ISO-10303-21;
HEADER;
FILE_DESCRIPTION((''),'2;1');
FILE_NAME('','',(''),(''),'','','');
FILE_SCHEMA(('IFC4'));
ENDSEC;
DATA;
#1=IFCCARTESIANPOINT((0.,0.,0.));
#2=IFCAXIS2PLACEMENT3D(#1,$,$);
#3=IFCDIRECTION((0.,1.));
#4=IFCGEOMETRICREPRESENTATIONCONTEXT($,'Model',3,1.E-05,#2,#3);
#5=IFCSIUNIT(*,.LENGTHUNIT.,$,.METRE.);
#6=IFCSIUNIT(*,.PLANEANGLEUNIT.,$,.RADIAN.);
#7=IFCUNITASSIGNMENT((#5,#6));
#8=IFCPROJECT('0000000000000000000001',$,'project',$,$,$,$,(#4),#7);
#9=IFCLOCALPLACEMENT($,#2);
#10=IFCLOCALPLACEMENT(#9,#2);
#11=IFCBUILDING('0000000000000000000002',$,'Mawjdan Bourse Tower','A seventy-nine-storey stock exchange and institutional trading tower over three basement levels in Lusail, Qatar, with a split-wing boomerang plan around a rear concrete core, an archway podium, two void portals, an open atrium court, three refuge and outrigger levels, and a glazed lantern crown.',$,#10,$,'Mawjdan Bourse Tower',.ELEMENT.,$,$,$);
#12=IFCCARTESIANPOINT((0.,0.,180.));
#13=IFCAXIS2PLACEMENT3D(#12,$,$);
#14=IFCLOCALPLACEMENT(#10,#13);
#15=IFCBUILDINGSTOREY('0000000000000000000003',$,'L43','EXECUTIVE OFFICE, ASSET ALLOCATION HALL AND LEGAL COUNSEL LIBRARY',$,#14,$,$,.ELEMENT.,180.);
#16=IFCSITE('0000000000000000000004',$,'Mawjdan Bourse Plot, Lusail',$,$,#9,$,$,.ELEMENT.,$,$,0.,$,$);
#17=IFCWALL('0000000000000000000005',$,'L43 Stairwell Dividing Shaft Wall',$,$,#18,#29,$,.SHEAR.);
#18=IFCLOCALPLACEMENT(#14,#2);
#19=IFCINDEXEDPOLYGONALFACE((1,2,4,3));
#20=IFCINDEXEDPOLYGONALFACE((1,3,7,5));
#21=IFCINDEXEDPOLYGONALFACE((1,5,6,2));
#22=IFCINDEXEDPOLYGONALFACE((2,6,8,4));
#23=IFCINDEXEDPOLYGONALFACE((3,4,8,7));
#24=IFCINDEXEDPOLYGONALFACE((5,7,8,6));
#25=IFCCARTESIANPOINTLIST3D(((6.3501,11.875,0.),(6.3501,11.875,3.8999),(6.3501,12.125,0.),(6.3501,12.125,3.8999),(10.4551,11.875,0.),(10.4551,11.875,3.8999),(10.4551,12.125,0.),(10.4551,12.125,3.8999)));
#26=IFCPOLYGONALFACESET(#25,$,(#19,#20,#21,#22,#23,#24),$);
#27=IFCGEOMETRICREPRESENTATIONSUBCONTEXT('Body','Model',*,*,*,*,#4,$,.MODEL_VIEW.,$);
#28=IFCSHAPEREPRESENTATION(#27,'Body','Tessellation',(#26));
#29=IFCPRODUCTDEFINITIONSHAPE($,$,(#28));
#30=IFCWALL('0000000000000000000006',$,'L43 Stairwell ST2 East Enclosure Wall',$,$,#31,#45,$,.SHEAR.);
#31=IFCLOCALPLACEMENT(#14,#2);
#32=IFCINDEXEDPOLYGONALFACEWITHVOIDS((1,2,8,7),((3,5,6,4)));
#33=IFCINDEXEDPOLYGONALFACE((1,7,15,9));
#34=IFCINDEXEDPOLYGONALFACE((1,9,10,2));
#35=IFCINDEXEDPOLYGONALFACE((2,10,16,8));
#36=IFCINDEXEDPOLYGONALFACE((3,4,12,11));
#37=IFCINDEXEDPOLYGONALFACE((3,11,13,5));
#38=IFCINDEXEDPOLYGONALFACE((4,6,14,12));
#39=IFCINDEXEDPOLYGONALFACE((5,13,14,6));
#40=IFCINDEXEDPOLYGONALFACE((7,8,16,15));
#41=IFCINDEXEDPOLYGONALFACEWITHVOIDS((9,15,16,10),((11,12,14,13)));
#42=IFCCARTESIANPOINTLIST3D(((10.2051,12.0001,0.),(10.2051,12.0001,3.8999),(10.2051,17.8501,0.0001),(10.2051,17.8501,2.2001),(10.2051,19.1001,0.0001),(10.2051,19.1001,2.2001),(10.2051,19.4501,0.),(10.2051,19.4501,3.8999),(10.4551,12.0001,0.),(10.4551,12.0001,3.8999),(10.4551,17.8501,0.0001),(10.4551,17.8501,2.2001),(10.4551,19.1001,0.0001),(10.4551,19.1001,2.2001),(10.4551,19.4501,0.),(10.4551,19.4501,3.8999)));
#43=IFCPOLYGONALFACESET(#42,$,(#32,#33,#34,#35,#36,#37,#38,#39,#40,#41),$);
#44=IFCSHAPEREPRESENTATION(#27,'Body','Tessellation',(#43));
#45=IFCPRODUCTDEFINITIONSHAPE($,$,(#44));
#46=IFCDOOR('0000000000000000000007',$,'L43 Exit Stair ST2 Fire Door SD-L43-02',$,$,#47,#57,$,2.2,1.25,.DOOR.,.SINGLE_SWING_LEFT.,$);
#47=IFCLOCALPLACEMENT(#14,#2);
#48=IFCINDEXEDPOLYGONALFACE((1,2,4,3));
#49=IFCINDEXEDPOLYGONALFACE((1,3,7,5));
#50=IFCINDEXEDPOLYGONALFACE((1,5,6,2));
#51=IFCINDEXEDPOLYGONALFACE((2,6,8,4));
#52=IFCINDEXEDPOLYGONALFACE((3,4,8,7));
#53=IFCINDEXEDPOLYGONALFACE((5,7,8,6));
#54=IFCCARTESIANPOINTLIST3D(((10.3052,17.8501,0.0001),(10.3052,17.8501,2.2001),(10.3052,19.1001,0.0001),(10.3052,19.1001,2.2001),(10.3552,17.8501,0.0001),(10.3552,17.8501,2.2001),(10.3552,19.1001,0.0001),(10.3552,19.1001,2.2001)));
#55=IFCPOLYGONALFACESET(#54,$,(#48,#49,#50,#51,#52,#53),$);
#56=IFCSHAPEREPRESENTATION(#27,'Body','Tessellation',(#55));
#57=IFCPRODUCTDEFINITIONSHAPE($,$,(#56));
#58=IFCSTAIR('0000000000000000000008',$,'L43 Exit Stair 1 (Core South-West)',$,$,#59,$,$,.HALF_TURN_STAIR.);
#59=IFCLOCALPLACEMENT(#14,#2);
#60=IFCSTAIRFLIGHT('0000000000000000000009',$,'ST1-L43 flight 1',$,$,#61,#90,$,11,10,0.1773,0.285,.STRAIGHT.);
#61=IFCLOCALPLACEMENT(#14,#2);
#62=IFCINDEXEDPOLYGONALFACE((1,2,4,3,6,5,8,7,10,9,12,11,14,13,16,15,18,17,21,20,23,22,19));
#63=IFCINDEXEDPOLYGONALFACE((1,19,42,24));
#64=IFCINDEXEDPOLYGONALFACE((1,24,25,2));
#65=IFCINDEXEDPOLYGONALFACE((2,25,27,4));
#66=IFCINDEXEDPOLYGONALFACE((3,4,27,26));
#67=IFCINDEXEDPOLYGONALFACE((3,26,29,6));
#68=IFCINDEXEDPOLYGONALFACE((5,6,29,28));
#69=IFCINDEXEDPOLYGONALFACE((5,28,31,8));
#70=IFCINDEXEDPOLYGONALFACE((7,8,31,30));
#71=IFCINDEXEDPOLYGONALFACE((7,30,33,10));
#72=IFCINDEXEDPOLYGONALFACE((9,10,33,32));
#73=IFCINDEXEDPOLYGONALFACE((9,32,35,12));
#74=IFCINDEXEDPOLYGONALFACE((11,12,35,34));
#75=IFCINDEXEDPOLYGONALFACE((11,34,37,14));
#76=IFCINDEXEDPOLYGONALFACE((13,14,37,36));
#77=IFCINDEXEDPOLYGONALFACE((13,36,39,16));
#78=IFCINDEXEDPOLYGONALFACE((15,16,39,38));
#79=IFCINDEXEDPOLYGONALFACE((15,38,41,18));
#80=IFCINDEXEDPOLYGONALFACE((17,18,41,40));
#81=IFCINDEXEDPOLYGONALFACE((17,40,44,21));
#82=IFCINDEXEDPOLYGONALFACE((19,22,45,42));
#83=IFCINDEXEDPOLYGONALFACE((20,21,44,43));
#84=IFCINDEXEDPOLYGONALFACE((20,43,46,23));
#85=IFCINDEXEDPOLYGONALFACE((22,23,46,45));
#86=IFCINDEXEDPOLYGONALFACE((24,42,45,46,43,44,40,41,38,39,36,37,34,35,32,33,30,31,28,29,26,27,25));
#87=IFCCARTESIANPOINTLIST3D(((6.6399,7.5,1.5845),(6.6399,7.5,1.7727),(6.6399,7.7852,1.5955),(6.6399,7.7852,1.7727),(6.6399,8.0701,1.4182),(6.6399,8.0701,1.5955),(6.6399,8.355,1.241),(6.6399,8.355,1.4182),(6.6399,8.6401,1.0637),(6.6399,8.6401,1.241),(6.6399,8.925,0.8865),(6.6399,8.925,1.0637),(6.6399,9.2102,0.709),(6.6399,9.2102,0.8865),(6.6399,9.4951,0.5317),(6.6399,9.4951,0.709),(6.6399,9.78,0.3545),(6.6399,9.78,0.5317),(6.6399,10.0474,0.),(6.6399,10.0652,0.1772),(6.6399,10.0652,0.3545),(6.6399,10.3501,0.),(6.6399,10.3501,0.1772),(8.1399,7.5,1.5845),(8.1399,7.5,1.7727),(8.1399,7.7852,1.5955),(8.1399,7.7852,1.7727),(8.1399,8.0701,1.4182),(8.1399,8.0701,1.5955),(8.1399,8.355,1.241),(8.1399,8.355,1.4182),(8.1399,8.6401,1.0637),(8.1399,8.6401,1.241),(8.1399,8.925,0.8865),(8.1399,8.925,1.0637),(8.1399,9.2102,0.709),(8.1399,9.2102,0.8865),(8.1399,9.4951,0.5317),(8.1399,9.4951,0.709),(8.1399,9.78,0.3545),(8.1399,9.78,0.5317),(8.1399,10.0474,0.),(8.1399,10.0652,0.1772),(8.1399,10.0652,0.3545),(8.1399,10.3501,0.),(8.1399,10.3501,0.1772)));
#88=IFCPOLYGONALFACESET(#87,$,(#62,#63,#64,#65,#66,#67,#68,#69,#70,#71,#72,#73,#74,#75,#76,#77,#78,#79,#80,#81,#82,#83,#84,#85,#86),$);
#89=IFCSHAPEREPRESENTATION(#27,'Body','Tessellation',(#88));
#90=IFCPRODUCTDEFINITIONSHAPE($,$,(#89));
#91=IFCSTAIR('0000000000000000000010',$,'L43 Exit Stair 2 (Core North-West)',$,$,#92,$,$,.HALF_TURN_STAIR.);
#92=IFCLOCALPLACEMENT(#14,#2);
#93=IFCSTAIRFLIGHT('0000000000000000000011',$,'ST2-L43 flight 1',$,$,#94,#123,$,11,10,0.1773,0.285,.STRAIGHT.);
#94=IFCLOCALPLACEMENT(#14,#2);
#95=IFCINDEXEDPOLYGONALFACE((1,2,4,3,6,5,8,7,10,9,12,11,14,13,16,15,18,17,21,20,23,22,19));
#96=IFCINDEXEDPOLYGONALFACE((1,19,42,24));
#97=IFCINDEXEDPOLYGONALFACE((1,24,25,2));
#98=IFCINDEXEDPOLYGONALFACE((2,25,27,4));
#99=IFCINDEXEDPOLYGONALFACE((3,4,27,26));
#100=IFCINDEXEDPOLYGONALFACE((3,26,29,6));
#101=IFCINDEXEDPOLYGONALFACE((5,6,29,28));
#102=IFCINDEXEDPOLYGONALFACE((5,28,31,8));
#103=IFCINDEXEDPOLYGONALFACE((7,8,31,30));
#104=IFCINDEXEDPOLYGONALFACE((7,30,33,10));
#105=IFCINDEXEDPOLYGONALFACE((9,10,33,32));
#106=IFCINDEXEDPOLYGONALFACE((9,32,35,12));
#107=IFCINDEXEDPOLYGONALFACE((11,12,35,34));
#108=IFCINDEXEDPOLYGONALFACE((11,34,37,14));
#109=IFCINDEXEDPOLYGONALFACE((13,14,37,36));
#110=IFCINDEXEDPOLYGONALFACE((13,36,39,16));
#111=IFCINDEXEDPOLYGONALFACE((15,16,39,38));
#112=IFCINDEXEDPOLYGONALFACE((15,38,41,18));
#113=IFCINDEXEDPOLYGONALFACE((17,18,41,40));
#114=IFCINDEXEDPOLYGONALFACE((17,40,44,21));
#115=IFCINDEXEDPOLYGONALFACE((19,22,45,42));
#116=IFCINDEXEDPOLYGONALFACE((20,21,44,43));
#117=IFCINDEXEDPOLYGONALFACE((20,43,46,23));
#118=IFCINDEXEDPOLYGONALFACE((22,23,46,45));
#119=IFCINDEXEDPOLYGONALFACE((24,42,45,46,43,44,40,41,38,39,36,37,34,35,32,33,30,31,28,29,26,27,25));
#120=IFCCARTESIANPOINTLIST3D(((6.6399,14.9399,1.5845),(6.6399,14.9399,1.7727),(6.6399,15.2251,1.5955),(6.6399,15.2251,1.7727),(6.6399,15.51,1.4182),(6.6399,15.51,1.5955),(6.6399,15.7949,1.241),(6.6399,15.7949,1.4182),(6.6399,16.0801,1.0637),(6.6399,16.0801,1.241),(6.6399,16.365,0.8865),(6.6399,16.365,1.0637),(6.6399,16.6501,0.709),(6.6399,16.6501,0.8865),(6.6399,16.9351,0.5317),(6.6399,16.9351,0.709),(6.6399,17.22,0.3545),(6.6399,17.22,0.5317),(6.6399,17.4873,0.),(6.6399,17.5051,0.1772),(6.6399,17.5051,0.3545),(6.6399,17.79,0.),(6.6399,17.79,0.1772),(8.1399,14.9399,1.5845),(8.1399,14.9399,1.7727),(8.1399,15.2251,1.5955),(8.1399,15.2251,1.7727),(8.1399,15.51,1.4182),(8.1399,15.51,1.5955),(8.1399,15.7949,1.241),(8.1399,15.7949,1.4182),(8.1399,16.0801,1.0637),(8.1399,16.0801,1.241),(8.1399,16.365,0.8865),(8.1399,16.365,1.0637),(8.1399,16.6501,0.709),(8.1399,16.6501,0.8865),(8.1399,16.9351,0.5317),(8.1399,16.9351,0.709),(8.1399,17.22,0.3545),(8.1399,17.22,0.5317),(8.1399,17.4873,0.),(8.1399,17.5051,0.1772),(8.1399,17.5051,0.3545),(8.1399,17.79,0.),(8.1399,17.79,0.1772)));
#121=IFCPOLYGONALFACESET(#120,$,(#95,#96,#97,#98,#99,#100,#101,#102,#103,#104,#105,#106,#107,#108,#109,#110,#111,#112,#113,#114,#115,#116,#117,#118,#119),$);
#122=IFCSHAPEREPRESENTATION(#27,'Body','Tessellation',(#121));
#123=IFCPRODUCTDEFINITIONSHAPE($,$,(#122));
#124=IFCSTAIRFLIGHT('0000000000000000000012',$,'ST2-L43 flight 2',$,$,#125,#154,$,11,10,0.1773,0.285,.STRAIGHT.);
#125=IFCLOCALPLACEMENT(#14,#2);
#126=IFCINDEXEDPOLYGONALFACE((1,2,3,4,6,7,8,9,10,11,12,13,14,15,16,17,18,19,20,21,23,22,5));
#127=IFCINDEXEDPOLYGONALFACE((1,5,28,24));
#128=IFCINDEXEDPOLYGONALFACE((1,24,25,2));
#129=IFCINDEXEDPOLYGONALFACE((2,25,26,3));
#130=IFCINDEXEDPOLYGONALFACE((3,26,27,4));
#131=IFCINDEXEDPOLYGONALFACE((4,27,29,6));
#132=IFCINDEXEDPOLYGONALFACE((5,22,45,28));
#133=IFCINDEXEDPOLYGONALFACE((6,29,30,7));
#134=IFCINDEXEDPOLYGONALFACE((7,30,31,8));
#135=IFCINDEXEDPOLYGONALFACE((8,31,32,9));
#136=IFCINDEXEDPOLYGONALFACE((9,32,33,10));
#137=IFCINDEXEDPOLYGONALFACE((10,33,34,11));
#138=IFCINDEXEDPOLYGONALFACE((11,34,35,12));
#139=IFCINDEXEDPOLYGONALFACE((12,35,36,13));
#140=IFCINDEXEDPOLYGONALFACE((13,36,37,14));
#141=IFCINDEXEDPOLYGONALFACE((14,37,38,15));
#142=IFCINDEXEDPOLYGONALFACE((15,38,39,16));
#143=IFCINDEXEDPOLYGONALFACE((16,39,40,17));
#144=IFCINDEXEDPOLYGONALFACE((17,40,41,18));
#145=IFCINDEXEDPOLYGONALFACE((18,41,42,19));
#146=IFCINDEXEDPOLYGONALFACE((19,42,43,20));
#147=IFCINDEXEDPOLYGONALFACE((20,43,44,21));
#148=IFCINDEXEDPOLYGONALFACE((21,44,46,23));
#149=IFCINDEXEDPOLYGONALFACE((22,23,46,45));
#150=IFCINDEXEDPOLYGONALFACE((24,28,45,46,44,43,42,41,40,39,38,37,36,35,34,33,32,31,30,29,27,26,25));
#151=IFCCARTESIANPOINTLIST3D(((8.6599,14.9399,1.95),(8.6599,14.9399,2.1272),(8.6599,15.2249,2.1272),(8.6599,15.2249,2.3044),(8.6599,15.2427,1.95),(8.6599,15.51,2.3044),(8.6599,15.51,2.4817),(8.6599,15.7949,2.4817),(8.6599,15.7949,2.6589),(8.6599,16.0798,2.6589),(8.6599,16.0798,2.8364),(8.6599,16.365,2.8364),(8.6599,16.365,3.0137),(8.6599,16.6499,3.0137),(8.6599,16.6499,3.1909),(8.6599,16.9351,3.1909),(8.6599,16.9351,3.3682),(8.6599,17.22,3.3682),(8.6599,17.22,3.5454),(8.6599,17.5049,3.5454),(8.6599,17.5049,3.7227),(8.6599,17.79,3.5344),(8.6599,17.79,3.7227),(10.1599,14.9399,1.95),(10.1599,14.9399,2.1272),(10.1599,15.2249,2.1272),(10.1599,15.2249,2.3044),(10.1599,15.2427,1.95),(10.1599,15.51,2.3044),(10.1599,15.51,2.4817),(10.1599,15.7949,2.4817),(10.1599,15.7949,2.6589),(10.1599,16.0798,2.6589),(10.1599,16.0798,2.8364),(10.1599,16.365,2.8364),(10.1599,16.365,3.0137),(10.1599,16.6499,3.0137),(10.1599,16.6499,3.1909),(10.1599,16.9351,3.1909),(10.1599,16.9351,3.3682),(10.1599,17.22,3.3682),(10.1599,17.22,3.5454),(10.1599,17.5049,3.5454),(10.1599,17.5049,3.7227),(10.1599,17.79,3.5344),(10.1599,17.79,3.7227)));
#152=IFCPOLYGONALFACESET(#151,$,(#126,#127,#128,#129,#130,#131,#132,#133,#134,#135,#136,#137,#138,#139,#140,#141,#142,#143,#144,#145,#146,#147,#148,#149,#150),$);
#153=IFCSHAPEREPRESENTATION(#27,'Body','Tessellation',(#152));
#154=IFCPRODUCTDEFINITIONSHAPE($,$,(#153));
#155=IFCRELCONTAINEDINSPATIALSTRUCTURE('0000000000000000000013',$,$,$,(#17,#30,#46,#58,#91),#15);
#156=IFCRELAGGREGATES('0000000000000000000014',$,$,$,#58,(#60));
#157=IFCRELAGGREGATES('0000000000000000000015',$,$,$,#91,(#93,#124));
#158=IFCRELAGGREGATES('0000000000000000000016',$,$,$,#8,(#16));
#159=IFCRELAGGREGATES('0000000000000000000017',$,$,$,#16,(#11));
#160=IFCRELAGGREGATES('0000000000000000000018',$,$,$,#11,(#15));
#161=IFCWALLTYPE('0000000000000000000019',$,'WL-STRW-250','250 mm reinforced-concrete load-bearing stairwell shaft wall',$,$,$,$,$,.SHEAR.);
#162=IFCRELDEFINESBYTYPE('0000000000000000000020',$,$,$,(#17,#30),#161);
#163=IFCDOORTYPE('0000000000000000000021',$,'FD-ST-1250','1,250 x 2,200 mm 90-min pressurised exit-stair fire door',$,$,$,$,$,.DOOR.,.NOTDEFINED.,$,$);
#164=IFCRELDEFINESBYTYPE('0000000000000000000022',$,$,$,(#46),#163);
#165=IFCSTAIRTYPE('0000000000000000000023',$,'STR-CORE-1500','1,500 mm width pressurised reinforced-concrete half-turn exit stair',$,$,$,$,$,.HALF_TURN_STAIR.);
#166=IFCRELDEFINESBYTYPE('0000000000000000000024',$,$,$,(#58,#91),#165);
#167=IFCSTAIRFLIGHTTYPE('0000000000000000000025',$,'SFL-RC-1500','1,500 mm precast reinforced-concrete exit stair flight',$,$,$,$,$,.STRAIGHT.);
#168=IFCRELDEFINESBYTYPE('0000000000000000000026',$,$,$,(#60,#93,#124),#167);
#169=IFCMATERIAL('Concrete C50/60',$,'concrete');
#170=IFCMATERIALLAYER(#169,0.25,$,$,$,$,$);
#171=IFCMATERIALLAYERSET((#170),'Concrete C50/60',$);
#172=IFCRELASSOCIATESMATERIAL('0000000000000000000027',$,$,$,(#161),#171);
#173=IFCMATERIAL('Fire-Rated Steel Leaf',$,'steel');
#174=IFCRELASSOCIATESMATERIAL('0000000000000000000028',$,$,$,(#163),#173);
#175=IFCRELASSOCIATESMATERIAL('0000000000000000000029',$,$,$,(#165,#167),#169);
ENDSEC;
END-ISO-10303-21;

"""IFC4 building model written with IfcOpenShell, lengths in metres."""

from ifc_helpers import new_model, si_unit, direction, frame, frame_2d, origin, place, context, subcontext, project, spatial, polyline, rectangle, outline, extrude, material, layer, layer_set, type_object, element, fill, aggregate, save


model = new_model("IFC4")

# Units and contexts
model_context = context("Model", 3, precision=1e-05, world=origin(), true_north=direction((0.0, 1.0)))
body_context = subcontext(model_context, "Body", "Model", "MODEL_VIEW")
ifc_project = project(units=[si_unit("LENGTHUNIT", "METRE"), si_unit("PLANEANGLEUNIT", "RADIAN")], contexts=[model_context])

# Site, building, storey
site_placement = place(None, origin())
site = spatial("IfcSite", under=ifc_project, at=site_placement, Name="Mawjdan Bourse Plot, Lusail", CompositionType="ELEMENT", RefElevation=0.0)
building_placement = place(site_placement, origin())
building = spatial("IfcBuilding", under=site, at=building_placement, Name="Mawjdan Bourse Tower", Description="A seventy-nine-storey stock exchange and institutional trading tower over three basement levels in Lusail, Qatar, with a split-wing boomerang plan around a rear concrete core, an archway podium, two void portals, an open atrium court, three refuge and outrigger levels, and a glazed lantern crown.", LongName="Mawjdan Bourse Tower", CompositionType="ELEMENT")
storey_placement = place(building_placement, frame((0.0, 0.0, 180.0)))
storey = spatial("IfcBuildingStorey", under=building, at=storey_placement, Name="L43", Description="EXECUTIVE OFFICE, ASSET ALLOCATION HALL AND LEGAL COUNSEL LIBRARY", CompositionType="ELEMENT", Elevation=180.0)

# Shared definitions
ifc_material_1 = material(Name="Concrete C50/60", Category="concrete")

# Wall
ifc_layer_1 = layer(ifc_material_1, 0.25)
ifc_layer_set_1 = layer_set([ifc_layer_1], Name="Concrete C50/60")
wall_type_1 = type_object("IfcWallType", Name="WL-STRW-250", Description="250 mm reinforced-concrete load-bearing stairwell shaft wall", PredefinedType="SHEAR", material=ifc_layer_set_1)
wall_1_placement = place(storey_placement, frame((6.3501, 12.0, 0.0), z_axis=(0.0, 0.0, 1.0), x_axis=(1.0, 0.0, 0.0)))
element("IfcWall", 1, at=wall_1_placement, inside=storey, type_object=wall_type_1, Name="L43 Stairwell Dividing Shaft Wall", PredefinedType="SHEAR", context=body_context, shape_type="SweptSolid", body=[
    extrude(rectangle(XDim=4.105, YDim=0.25, at=frame_2d((2.0525, 0.0))), origin(), (0.0, 0.0, 1.0), 3.8999),
])

# Wall, opening, door
wall_2_placement = place(storey_placement, frame((10.3301, 12.0, 0.0), z_axis=(0.0, 0.0, 1.0), x_axis=(0.0, 1.0, 0.0)))
wall_2 = element("IfcWall", 2, at=wall_2_placement, inside=storey, type_object=wall_type_1, Name="L43 Stairwell ST2 East Enclosure Wall", PredefinedType="SHEAR", context=body_context, shape_type="SweptSolid", body=[
    extrude(rectangle(XDim=7.45, YDim=0.25, at=frame_2d((3.7251, 0.0))), origin(), (0.0, 0.0, 1.0), 3.8999),
])
opening_1_placement = place(wall_2_placement, frame((5.8501, 0.0, 0.0)))
opening_1 = element("IfcOpeningElement", 3, at=opening_1_placement, cuts=wall_2, PredefinedType="OPENING", context=body_context, shape_type="SweptSolid", body=[
    extrude(rectangle(XDim=1.25, YDim=2.2, at=frame_2d((0.625, 1.1001))), frame((0.0, 0.135, 0.0), z_axis=(0.0, -1.0, 0.0), x_axis=(1.0, 0.0, 0.0)), (0.0, 0.0, 1.0), 0.27),
])
ifc_material_2 = material(Name="Fire-Rated Steel Leaf", Category="steel")
door_type_1 = type_object("IfcDoorType", Name="FD-ST-1250", Description="1,250 x 2,200 mm 90-min pressurised exit-stair fire door", OperationType="NOTDEFINED", PredefinedType="DOOR", material=ifc_material_2)
door_1_placement = place(opening_1_placement, origin())
door_1 = element("IfcDoor", 4, at=door_1_placement, inside=storey, type_object=door_type_1, Name="L43 Exit Stair ST2 Fire Door SD-L43-02", OperationType="SINGLE_SWING_LEFT", OverallHeight=2.2, OverallWidth=1.25, PredefinedType="DOOR", context=body_context, shape_type="SweptSolid", body=[
    extrude(rectangle(XDim=1.25, YDim=2.2, at=frame_2d((0.625, 1.1001))), frame((0.0, 0.0249, 0.0), z_axis=(0.0, -1.0, 0.0), x_axis=(1.0, 0.0, 0.0)), (0.0, 0.0, 1.0), 0.05),
])
fill(opening_1, door_1)

# Stair, stair flight
stair_type = type_object("IfcStairType", Name="STR-CORE-1500", Description="1,500 mm width pressurised reinforced-concrete half-turn exit stair", PredefinedType="HALF_TURN_STAIR", material=ifc_material_1)
stair_1_placement = place(storey_placement, origin())
stair_1 = element("IfcStair", 5, at=stair_1_placement, inside=storey, type_object=stair_type, Name="L43 Exit Stair 1 (Core South-West)", PredefinedType="HALF_TURN_STAIR")
stair_flight_type = type_object("IfcStairFlightType", Name="SFL-RC-1500", Description="1,500 mm precast reinforced-concrete exit stair flight", PredefinedType="STRAIGHT", material=ifc_material_1)
stair_flight_1_placement = place(storey_placement, frame((7.3899, 10.3501, 0.0), z_axis=(0.0, 0.0, 1.0), x_axis=(0.0, -1.0, 0.0)))
stair_flight_1 = element("IfcStairFlight", 6, at=stair_flight_1_placement, type_object=stair_flight_type, Name="ST1-L43 flight 1", NumberOfRisers=11, NumberOfTreads=10, PredefinedType="STRAIGHT", RiserHeight=0.1773, TreadLength=0.285, context=body_context, shape_type="SweptSolid", body=[
    extrude(outline(polyline([(0.0, 0.0), (0.0, 0.1772), (0.2849, 0.1772), (0.2849, 0.3545), (0.5701, 0.3545), (0.5701, 0.5317), (0.855, 0.5317), (0.855, 0.709), (1.1399, 0.709), (1.1399, 0.8865), (1.425, 0.8865), (1.425, 1.0637), (1.71, 1.0637), (1.71, 1.241), (1.9951, 1.241), (1.9951, 1.4182), (2.28, 1.4182), (2.28, 1.5955), (2.5649, 1.5955), (2.5649, 1.7727), (2.8501, 1.7727), (2.8501, 1.95), (2.8501, 1.5845), (0.3027, 0.0), (0.0, 0.0)])), frame((0.0, 0.75, 0.0), z_axis=(0.0, -1.0, 0.0), x_axis=(1.0, 0.0, 0.0)), (0.0, 0.0, 1.0), 1.5),
])
aggregate(stair_1, [stair_flight_1])

# Stair, stair flights
stair_2_placement = place(storey_placement, origin())
stair_2 = element("IfcStair", 7, at=stair_2_placement, inside=storey, type_object=stair_type, Name="L43 Exit Stair 2 (Core North-West)", PredefinedType="HALF_TURN_STAIR")
stair_flight_2_placement = place(storey_placement, frame((7.3899, 17.79, 0.0), z_axis=(0.0, 0.0, 1.0), x_axis=(0.0, -1.0, 0.0)))
stair_flight_2 = element("IfcStairFlight", 8, at=stair_flight_2_placement, type_object=stair_flight_type, Name="ST2-L43 flight 1", NumberOfRisers=11, NumberOfTreads=10, PredefinedType="STRAIGHT", RiserHeight=0.1773, TreadLength=0.285, context=body_context, shape_type="SweptSolid", body=[
    extrude(outline(polyline([(0.0, 0.0), (0.0, 0.1772), (0.2849, 0.1772), (0.2849, 0.3545), (0.5701, 0.3545), (0.5701, 0.5317), (0.855, 0.5317), (0.855, 0.709), (1.1399, 0.709), (1.1399, 0.8865), (1.425, 0.8865), (1.425, 1.0637), (1.71, 1.0637), (1.71, 1.241), (1.9951, 1.241), (1.9951, 1.4182), (2.28, 1.4182), (2.28, 1.5955), (2.5649, 1.5955), (2.5649, 1.7727), (2.8501, 1.7727), (2.8501, 1.95), (2.8501, 1.5845), (0.3027, 0.0), (0.0, 0.0)])), frame((0.0, 0.75, 0.0), z_axis=(0.0, -1.0, 0.0), x_axis=(1.0, 0.0, 0.0)), (0.0, 0.0, 1.0), 1.5),
])
stair_flight_3_placement = place(storey_placement, frame((9.4099, 14.9399, 1.95), z_axis=(0.0, 0.0, 1.0), x_axis=(0.0, 1.0, 0.0)))
stair_flight_3 = element("IfcStairFlight", 9, at=stair_flight_3_placement, type_object=stair_flight_type, Name="ST2-L43 flight 2", NumberOfRisers=11, NumberOfTreads=10, PredefinedType="STRAIGHT", RiserHeight=0.1773, TreadLength=0.285, context=body_context, shape_type="SweptSolid", body=[
    extrude(outline(polyline([(0.0, 0.0), (0.0, 0.1772), (0.2849, 0.1772), (0.2849, 0.3545), (0.5701, 0.3545), (0.5701, 0.5317), (0.855, 0.5317), (0.855, 0.709), (1.1399, 0.709), (1.1399, 0.8865), (1.425, 0.8865), (1.425, 1.0637), (1.71, 1.0637), (1.71, 1.241), (1.9951, 1.241), (1.9951, 1.4182), (2.28, 1.4182), (2.28, 1.5955), (2.5649, 1.5955), (2.5649, 1.7727), (2.8501, 1.7727), (2.8501, 1.95), (2.8501, 1.5845), (0.3027, 0.0), (0.0, 0.0)])), frame((0.0, 0.75, 0.0), z_axis=(0.0, -1.0, 0.0), x_axis=(1.0, 0.0, 0.0)), (0.0, 0.0, 1.0), 1.5),
])
aggregate(stair_2, [stair_flight_2, stair_flight_3])

save(model, "model.ifc")
